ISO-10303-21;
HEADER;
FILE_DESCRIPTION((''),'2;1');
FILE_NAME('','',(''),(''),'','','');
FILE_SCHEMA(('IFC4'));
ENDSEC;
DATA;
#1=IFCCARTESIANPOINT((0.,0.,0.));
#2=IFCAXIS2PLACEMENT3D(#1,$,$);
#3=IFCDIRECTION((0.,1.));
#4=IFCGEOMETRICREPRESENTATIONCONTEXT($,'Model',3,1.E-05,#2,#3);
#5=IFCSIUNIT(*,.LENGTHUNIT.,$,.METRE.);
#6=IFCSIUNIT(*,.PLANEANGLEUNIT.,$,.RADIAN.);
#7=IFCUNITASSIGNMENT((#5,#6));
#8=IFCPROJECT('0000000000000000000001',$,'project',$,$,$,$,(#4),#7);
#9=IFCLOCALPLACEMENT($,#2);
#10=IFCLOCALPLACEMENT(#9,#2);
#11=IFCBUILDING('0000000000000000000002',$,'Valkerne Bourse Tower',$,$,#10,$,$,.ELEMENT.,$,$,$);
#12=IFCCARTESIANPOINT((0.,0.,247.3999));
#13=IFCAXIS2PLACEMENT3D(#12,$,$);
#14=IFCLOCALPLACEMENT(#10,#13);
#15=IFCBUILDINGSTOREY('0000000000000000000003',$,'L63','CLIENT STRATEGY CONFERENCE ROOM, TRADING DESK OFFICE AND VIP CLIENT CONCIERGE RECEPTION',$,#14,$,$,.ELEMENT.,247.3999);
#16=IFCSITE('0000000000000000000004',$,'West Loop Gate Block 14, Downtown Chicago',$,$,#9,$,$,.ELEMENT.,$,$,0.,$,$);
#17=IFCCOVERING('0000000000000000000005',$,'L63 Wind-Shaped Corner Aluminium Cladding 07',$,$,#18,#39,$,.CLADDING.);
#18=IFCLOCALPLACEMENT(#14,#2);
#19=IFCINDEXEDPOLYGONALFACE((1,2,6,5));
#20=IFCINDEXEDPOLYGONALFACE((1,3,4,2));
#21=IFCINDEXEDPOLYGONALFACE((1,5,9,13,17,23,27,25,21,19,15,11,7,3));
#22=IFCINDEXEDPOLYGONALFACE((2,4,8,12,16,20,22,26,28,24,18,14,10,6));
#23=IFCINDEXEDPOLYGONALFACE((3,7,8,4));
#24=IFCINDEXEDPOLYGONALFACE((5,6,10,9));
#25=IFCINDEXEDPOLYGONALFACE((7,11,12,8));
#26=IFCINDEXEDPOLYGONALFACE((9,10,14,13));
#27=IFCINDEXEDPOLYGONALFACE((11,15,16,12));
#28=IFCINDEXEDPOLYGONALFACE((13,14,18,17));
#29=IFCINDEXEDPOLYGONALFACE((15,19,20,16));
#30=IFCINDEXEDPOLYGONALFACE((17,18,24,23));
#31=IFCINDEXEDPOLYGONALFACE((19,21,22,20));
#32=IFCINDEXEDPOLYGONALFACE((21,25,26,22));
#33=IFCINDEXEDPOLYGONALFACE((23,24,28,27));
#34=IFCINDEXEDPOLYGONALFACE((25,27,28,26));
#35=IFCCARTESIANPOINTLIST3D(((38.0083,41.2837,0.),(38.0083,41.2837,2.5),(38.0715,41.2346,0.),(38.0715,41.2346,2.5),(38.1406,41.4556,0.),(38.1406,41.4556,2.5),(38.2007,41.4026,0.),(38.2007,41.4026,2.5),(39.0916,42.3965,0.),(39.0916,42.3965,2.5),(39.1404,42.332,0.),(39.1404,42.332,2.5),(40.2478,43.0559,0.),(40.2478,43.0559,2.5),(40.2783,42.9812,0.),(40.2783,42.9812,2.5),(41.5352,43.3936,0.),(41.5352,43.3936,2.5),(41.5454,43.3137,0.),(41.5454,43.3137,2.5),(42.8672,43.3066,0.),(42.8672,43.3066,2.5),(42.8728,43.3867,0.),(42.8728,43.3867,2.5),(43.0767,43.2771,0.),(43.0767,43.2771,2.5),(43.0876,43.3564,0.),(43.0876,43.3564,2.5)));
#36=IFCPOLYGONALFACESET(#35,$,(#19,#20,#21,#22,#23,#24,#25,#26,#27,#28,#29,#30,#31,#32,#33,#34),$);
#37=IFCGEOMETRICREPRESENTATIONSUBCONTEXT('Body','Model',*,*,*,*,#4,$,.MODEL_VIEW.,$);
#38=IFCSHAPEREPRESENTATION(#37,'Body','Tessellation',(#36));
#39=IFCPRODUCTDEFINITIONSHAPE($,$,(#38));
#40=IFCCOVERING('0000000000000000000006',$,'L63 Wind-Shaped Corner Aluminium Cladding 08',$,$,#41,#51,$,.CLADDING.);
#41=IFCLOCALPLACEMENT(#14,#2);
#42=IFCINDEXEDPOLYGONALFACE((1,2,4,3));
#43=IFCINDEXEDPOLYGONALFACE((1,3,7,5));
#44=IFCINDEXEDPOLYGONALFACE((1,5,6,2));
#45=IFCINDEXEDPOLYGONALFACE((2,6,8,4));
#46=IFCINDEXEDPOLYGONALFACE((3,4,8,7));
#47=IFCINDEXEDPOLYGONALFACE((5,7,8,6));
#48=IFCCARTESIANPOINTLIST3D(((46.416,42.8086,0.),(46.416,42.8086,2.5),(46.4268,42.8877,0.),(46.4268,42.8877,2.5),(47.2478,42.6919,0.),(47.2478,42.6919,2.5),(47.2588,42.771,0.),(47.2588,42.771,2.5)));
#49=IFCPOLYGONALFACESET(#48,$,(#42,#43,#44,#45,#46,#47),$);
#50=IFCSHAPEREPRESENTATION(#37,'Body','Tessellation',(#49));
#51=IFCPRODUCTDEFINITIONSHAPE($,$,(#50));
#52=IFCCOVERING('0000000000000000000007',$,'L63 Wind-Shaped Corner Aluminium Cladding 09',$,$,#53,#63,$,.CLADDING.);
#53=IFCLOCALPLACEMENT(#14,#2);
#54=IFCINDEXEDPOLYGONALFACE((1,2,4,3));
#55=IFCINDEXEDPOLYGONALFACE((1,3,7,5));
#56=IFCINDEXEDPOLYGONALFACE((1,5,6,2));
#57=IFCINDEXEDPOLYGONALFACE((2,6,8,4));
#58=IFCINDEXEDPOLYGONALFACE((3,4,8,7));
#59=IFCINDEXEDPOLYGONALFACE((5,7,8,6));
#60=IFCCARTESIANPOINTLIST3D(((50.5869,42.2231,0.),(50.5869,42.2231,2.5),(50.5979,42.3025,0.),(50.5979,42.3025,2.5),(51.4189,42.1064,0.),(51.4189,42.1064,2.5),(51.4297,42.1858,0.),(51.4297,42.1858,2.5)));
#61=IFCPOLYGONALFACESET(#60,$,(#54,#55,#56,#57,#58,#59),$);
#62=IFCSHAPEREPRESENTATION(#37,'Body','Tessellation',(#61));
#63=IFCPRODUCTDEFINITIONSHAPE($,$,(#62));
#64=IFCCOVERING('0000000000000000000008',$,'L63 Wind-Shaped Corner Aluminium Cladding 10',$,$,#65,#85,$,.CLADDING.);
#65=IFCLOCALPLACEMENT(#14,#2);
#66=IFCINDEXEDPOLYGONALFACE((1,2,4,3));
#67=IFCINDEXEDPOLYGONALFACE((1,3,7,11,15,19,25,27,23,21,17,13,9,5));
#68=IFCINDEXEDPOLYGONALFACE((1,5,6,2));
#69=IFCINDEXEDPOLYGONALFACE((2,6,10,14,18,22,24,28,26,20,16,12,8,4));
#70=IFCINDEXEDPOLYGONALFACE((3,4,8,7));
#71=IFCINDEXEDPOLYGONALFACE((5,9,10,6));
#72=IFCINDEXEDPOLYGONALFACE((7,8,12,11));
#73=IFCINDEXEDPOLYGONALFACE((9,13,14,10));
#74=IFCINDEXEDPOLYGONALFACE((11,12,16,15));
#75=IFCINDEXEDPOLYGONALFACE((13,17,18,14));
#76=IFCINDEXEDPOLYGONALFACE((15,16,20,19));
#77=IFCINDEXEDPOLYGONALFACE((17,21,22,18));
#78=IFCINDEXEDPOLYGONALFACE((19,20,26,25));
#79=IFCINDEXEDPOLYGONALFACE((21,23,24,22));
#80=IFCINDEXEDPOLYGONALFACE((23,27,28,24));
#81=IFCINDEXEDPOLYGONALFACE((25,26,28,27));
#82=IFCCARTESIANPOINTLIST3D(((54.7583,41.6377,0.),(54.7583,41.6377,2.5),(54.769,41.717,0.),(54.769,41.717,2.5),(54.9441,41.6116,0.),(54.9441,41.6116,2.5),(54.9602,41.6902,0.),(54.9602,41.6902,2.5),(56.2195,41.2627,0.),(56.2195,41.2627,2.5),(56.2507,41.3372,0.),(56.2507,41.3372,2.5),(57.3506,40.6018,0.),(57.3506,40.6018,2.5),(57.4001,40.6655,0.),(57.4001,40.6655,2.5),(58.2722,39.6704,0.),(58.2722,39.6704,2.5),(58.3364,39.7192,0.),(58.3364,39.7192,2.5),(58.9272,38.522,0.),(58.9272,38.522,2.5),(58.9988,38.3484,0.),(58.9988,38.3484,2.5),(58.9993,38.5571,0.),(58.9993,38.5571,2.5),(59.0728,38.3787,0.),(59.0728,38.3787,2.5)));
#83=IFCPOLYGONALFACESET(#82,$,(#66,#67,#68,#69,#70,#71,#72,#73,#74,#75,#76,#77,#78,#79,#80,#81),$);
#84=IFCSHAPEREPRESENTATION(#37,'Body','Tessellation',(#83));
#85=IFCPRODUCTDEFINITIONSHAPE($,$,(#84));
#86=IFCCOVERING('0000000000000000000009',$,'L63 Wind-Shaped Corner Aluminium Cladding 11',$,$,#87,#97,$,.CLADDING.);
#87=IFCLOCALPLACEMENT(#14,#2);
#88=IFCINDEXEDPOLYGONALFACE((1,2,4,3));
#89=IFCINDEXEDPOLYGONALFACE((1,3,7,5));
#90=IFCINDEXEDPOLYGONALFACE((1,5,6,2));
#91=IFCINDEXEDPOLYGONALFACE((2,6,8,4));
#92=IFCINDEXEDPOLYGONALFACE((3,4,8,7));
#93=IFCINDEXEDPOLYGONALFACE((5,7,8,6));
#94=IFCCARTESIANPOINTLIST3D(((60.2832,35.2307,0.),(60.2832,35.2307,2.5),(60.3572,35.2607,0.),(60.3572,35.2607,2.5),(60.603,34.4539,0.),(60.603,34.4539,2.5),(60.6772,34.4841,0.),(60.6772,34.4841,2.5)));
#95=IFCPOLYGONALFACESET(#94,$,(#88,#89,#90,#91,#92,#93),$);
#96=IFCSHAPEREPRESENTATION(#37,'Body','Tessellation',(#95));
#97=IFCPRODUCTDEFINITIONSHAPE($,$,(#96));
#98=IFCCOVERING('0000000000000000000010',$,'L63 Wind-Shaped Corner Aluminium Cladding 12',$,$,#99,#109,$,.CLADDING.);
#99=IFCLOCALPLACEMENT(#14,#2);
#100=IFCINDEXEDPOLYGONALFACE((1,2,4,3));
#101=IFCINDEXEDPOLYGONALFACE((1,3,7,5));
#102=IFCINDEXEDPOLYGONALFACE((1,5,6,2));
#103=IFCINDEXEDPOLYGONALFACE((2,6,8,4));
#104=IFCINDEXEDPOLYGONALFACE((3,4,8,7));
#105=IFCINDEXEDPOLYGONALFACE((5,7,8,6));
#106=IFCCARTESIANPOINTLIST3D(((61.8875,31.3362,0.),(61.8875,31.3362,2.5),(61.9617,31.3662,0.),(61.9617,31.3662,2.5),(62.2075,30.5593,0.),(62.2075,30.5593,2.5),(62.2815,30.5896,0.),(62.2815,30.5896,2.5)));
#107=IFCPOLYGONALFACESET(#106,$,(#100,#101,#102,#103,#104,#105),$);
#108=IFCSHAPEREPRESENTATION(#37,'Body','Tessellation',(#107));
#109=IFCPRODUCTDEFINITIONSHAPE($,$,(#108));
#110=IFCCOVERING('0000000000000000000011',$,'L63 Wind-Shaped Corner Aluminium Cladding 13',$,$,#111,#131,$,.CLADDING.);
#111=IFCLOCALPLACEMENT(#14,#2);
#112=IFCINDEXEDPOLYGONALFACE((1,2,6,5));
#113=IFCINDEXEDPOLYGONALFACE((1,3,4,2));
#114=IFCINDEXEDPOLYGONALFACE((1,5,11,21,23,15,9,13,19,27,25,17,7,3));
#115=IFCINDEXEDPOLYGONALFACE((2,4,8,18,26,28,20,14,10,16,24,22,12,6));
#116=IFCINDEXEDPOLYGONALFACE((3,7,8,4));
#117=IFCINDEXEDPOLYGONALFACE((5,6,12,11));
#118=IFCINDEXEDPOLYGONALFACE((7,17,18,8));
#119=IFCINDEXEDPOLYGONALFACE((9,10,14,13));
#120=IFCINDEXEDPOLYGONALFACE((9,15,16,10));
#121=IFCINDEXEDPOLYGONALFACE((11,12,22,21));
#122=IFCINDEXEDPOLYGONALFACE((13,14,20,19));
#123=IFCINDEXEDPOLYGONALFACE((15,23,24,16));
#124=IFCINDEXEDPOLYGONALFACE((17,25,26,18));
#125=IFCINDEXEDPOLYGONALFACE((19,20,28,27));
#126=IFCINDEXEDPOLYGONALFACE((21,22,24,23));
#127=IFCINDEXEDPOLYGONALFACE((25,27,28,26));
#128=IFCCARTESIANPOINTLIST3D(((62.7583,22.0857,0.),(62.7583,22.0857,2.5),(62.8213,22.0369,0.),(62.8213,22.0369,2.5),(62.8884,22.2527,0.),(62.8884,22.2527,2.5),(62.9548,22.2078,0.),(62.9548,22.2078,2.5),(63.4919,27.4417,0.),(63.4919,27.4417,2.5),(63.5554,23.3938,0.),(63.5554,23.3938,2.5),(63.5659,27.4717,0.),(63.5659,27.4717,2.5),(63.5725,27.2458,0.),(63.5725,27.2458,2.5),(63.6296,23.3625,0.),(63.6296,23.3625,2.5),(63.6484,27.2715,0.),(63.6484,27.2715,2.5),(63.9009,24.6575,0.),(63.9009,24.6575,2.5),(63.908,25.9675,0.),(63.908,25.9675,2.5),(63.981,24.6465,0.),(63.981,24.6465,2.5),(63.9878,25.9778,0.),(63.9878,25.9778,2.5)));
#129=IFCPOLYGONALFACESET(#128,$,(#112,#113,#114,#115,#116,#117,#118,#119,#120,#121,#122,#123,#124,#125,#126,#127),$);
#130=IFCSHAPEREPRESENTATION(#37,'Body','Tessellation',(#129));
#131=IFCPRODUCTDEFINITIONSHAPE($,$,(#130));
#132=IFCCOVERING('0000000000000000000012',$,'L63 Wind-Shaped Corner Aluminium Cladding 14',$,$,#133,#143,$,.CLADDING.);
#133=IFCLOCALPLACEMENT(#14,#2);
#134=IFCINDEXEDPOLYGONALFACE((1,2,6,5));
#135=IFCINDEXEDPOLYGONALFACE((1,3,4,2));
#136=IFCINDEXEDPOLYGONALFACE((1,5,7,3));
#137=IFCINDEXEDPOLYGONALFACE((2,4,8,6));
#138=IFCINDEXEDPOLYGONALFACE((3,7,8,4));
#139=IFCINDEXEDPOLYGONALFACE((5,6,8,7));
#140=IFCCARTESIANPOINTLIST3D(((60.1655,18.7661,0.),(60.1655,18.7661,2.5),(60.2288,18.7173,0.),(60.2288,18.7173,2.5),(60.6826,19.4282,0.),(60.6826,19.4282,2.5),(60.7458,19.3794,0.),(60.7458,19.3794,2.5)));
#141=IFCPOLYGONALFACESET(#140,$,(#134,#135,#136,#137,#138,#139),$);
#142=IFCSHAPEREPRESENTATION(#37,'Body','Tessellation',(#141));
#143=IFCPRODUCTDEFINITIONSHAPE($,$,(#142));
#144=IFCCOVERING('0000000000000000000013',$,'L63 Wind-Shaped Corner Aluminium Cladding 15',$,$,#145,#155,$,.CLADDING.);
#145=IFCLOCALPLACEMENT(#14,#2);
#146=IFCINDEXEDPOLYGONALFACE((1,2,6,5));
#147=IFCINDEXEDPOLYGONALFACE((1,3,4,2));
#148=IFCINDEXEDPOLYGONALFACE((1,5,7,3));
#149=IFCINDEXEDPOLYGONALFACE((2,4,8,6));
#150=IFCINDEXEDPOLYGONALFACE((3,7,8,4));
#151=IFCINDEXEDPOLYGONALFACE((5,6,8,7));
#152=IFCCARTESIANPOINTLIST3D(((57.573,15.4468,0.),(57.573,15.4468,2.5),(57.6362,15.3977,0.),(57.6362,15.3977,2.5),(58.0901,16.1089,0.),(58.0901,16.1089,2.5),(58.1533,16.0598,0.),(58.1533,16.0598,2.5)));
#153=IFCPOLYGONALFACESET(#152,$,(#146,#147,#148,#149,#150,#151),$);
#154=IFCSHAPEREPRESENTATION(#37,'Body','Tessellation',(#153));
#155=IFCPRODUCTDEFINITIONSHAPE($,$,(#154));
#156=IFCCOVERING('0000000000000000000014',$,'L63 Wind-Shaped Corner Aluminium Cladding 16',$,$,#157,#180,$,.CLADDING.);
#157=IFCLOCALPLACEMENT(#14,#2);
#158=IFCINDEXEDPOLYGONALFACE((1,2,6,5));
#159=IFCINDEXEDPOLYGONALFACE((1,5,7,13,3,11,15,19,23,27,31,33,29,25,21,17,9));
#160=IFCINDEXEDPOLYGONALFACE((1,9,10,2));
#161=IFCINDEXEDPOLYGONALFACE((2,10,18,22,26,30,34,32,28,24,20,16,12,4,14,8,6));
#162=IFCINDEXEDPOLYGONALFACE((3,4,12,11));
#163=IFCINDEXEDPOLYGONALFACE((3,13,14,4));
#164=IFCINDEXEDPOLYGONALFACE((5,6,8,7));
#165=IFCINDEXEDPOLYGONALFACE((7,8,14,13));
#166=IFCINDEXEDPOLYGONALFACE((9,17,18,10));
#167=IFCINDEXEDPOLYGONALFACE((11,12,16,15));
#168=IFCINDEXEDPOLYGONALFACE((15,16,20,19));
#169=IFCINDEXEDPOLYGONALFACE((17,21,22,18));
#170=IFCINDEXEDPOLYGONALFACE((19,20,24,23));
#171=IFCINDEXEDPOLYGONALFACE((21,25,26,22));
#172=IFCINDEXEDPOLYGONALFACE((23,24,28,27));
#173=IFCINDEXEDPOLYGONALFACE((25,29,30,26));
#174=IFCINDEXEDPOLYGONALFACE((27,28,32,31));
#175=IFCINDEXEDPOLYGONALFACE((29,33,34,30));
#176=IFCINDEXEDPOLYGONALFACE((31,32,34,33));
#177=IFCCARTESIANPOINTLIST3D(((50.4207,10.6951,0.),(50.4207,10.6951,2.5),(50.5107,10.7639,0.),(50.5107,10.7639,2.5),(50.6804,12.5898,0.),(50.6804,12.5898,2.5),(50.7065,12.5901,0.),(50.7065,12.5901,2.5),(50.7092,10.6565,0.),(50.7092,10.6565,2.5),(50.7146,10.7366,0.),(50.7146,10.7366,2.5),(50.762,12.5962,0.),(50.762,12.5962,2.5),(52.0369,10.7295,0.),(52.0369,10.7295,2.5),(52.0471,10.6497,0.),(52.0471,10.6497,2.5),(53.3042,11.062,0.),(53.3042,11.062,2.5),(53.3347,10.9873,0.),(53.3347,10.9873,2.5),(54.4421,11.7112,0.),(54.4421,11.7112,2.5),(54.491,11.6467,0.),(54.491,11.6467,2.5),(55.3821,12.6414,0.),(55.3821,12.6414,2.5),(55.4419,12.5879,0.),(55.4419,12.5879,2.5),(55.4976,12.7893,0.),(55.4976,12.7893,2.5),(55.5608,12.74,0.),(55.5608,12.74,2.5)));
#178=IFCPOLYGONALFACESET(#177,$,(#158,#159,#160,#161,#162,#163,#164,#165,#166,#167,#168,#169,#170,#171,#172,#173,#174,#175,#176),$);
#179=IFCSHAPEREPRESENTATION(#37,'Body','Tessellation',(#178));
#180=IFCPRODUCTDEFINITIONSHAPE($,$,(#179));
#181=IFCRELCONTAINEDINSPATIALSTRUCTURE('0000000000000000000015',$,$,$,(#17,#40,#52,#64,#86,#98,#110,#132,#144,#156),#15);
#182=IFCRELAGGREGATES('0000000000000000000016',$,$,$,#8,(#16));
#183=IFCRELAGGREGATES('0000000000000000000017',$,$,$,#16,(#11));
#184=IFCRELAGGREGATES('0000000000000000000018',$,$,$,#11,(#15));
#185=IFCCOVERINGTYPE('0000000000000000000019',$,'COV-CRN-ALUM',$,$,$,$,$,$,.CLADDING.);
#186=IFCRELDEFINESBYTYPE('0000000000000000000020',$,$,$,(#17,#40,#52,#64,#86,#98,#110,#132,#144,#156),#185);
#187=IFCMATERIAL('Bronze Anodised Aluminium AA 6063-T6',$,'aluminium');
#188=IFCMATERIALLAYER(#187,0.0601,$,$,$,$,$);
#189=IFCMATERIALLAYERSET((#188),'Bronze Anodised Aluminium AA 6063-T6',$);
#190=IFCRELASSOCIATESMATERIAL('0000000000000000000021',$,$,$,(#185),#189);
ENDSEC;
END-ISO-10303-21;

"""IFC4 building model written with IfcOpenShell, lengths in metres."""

from ifc_helpers import new_model, si_unit, direction, frame, origin, place, context, subcontext, project, spatial, polyline, outline, extrude, material, layer, layer_set, type_object, element, save


model = new_model("IFC4")

# Units and contexts
model_context = context("Model", 3, precision=1e-05, world=origin(), true_north=direction((0.0, 1.0)))
body_context = subcontext(model_context, "Body", "Model", "MODEL_VIEW")
ifc_project = project(units=[si_unit("LENGTHUNIT", "METRE"), si_unit("PLANEANGLEUNIT", "RADIAN")], contexts=[model_context])

# Site, building, storey
site_placement = place(None, origin())
site = spatial("IfcSite", under=ifc_project, at=site_placement, Name="West Loop Gate Block 14, Downtown Chicago", CompositionType="ELEMENT", RefElevation=0.0)
building_placement = place(site_placement, origin())
building = spatial("IfcBuilding", under=site, at=building_placement, Name="Valkerne Bourse Tower", CompositionType="ELEMENT")
storey_placement = place(building_placement, frame((0.0, 0.0, 247.3999)))
storey = spatial("IfcBuildingStorey", under=building, at=storey_placement, Name="L63", Description="CLIENT STRATEGY CONFERENCE ROOM, TRADING DESK OFFICE AND VIP CLIENT CONCIERGE RECEPTION", CompositionType="ELEMENT", Elevation=247.3999)

# Coverings
ifc_material_1 = material(Name="Bronze Anodised Aluminium AA 6063-T6", Category="aluminium")
ifc_layer_1 = layer(ifc_material_1, 0.0601)
ifc_layer_set_1 = layer_set([ifc_layer_1], Name="Bronze Anodised Aluminium AA 6063-T6")
covering_type_1 = type_object("IfcCoveringType", Name="COV-CRN-ALUM", PredefinedType="CLADDING", material=ifc_layer_set_1)
covering_1_placement = place(storey_placement, origin())
element("IfcCovering", 1, at=covering_1_placement, inside=storey, type_object=covering_type_1, Name="L63 Wind-Shaped Corner Aluminium Cladding 07", PredefinedType="CLADDING", context=body_context, shape_type="SweptSolid", body=[
    extrude(outline(polyline([(38.1406, 41.4556), (39.0916, 42.3965), (40.2478, 43.0559), (41.5352, 43.3936), (42.8728, 43.3867), (43.0876, 43.3564), (43.0767, 43.2771), (42.8672, 43.3066), (41.5454, 43.3137), (40.2783, 42.9812), (39.1404, 42.332), (38.2007, 41.4026), (38.0715, 41.2346), (38.0083, 41.2837), (38.1406, 41.4556)])), origin(), (0.0, 0.0, 1.0), 2.5),
])
covering_2_placement = place(storey_placement, origin())
element("IfcCovering", 2, at=covering_2_placement, inside=storey, type_object=covering_type_1, Name="L63 Wind-Shaped Corner Aluminium Cladding 08", PredefinedType="CLADDING", context=body_context, shape_type="SweptSolid", body=[
    extrude(outline(polyline([(47.2588, 42.771), (47.2478, 42.6919), (46.416, 42.8086), (46.4268, 42.8877), (47.2588, 42.771)])), origin(), (0.0, 0.0, 1.0), 2.5),
])
covering_3_placement = place(storey_placement, origin())
element("IfcCovering", 3, at=covering_3_placement, inside=storey, type_object=covering_type_1, Name="L63 Wind-Shaped Corner Aluminium Cladding 09", PredefinedType="CLADDING", context=body_context, shape_type="SweptSolid", body=[
    extrude(outline(polyline([(51.4297, 42.1858), (51.4189, 42.1064), (50.5869, 42.2231), (50.5979, 42.3025), (51.4297, 42.1858)])), origin(), (0.0, 0.0, 1.0), 2.5),
])
covering_4_placement = place(storey_placement, origin())
element("IfcCovering", 4, at=covering_4_placement, inside=storey, type_object=covering_type_1, Name="L63 Wind-Shaped Corner Aluminium Cladding 10", PredefinedType="CLADDING", context=body_context, shape_type="SweptSolid", body=[
    extrude(outline(polyline([(54.9602, 41.6902), (56.2507, 41.3372), (57.4001, 40.6655), (58.3364, 39.7192), (58.9993, 38.5571), (59.0728, 38.3787), (58.9988, 38.3484), (58.9272, 38.522), (58.2722, 39.6704), (57.3506, 40.6018), (56.2195, 41.2627), (54.9441, 41.6116), (54.7583, 41.6377), (54.769, 41.717), (54.9602, 41.6902)])), origin(), (0.0, 0.0, 1.0), 2.5),
])
covering_5_placement = place(storey_placement, origin())
element("IfcCovering", 5, at=covering_5_placement, inside=storey, type_object=covering_type_1, Name="L63 Wind-Shaped Corner Aluminium Cladding 11", PredefinedType="CLADDING", context=body_context, shape_type="SweptSolid", body=[
    extrude(outline(polyline([(60.6772, 34.4841), (60.603, 34.4539), (60.2832, 35.2307), (60.3572, 35.2607), (60.6772, 34.4841)])), origin(), (0.0, 0.0, 1.0), 2.5),
])
covering_6_placement = place(storey_placement, origin())
element("IfcCovering", 6, at=covering_6_placement, inside=storey, type_object=covering_type_1, Name="L63 Wind-Shaped Corner Aluminium Cladding 12", PredefinedType="CLADDING", context=body_context, shape_type="SweptSolid", body=[
    extrude(outline(polyline([(62.2815, 30.5896), (62.2075, 30.5593), (61.8875, 31.3362), (61.9617, 31.3662), (62.2815, 30.5896)])), origin(), (0.0, 0.0, 1.0), 2.5),
])
covering_7_placement = place(storey_placement, origin())
element("IfcCovering", 7, at=covering_7_placement, inside=storey, type_object=covering_type_1, Name="L63 Wind-Shaped Corner Aluminium Cladding 13", PredefinedType="CLADDING", context=body_context, shape_type="SweptSolid", body=[
    extrude(outline(polyline([(63.6484, 27.2715), (63.9878, 25.9778), (63.981, 24.6465), (63.6296, 23.3625), (62.9548, 22.2078), (62.8213, 22.0369), (62.7583, 22.0857), (62.8884, 22.2527), (63.5554, 23.3938), (63.9009, 24.6575), (63.908, 25.9675), (63.5725, 27.2458), (63.4919, 27.4417), (63.5659, 27.4717), (63.6484, 27.2715)])), origin(), (0.0, 0.0, 1.0), 2.5),
])
covering_8_placement = place(storey_placement, origin())
element("IfcCovering", 8, at=covering_8_placement, inside=storey, type_object=covering_type_1, Name="L63 Wind-Shaped Corner Aluminium Cladding 14", PredefinedType="CLADDING", context=body_context, shape_type="SweptSolid", body=[
    extrude(outline(polyline([(60.2288, 18.7173), (60.1655, 18.7661), (60.6826, 19.4282), (60.7458, 19.3794), (60.2288, 18.7173)])), origin(), (0.0, 0.0, 1.0), 2.5),
])
covering_9_placement = place(storey_placement, origin())
element("IfcCovering", 9, at=covering_9_placement, inside=storey, type_object=covering_type_1, Name="L63 Wind-Shaped Corner Aluminium Cladding 15", PredefinedType="CLADDING", context=body_context, shape_type="SweptSolid", body=[
    extrude(outline(polyline([(57.6362, 15.3977), (57.573, 15.4468), (58.0901, 16.1089), (58.1533, 16.0598), (57.6362, 15.3977)])), origin(), (0.0, 0.0, 1.0), 2.5),
])
covering_10_placement = place(storey_placement, origin())
element("IfcCovering", 10, at=covering_10_placement, inside=storey, type_object=covering_type_1, Name="L63 Wind-Shaped Corner Aluminium Cladding 16", PredefinedType="CLADDING", context=body_context, shape_type="SweptSolid", body=[
    extrude(outline(polyline([(55.4419, 12.5879), (54.491, 11.6467), (53.3347, 10.9873), (52.0471, 10.6497), (50.7092, 10.6565), (50.4207, 10.6951), (50.6804, 12.5898), (50.7065, 12.5901), (50.762, 12.5962), (50.5107, 10.7639), (50.7146, 10.7366), (52.0369, 10.7295), (53.3042, 11.062), (54.4421, 11.7112), (55.3821, 12.6414), (55.4976, 12.7893), (55.5608, 12.74), (55.4419, 12.5879)])), origin(), (0.0, 0.0, 1.0), 2.5),
])

save(model, "model.ifc")
